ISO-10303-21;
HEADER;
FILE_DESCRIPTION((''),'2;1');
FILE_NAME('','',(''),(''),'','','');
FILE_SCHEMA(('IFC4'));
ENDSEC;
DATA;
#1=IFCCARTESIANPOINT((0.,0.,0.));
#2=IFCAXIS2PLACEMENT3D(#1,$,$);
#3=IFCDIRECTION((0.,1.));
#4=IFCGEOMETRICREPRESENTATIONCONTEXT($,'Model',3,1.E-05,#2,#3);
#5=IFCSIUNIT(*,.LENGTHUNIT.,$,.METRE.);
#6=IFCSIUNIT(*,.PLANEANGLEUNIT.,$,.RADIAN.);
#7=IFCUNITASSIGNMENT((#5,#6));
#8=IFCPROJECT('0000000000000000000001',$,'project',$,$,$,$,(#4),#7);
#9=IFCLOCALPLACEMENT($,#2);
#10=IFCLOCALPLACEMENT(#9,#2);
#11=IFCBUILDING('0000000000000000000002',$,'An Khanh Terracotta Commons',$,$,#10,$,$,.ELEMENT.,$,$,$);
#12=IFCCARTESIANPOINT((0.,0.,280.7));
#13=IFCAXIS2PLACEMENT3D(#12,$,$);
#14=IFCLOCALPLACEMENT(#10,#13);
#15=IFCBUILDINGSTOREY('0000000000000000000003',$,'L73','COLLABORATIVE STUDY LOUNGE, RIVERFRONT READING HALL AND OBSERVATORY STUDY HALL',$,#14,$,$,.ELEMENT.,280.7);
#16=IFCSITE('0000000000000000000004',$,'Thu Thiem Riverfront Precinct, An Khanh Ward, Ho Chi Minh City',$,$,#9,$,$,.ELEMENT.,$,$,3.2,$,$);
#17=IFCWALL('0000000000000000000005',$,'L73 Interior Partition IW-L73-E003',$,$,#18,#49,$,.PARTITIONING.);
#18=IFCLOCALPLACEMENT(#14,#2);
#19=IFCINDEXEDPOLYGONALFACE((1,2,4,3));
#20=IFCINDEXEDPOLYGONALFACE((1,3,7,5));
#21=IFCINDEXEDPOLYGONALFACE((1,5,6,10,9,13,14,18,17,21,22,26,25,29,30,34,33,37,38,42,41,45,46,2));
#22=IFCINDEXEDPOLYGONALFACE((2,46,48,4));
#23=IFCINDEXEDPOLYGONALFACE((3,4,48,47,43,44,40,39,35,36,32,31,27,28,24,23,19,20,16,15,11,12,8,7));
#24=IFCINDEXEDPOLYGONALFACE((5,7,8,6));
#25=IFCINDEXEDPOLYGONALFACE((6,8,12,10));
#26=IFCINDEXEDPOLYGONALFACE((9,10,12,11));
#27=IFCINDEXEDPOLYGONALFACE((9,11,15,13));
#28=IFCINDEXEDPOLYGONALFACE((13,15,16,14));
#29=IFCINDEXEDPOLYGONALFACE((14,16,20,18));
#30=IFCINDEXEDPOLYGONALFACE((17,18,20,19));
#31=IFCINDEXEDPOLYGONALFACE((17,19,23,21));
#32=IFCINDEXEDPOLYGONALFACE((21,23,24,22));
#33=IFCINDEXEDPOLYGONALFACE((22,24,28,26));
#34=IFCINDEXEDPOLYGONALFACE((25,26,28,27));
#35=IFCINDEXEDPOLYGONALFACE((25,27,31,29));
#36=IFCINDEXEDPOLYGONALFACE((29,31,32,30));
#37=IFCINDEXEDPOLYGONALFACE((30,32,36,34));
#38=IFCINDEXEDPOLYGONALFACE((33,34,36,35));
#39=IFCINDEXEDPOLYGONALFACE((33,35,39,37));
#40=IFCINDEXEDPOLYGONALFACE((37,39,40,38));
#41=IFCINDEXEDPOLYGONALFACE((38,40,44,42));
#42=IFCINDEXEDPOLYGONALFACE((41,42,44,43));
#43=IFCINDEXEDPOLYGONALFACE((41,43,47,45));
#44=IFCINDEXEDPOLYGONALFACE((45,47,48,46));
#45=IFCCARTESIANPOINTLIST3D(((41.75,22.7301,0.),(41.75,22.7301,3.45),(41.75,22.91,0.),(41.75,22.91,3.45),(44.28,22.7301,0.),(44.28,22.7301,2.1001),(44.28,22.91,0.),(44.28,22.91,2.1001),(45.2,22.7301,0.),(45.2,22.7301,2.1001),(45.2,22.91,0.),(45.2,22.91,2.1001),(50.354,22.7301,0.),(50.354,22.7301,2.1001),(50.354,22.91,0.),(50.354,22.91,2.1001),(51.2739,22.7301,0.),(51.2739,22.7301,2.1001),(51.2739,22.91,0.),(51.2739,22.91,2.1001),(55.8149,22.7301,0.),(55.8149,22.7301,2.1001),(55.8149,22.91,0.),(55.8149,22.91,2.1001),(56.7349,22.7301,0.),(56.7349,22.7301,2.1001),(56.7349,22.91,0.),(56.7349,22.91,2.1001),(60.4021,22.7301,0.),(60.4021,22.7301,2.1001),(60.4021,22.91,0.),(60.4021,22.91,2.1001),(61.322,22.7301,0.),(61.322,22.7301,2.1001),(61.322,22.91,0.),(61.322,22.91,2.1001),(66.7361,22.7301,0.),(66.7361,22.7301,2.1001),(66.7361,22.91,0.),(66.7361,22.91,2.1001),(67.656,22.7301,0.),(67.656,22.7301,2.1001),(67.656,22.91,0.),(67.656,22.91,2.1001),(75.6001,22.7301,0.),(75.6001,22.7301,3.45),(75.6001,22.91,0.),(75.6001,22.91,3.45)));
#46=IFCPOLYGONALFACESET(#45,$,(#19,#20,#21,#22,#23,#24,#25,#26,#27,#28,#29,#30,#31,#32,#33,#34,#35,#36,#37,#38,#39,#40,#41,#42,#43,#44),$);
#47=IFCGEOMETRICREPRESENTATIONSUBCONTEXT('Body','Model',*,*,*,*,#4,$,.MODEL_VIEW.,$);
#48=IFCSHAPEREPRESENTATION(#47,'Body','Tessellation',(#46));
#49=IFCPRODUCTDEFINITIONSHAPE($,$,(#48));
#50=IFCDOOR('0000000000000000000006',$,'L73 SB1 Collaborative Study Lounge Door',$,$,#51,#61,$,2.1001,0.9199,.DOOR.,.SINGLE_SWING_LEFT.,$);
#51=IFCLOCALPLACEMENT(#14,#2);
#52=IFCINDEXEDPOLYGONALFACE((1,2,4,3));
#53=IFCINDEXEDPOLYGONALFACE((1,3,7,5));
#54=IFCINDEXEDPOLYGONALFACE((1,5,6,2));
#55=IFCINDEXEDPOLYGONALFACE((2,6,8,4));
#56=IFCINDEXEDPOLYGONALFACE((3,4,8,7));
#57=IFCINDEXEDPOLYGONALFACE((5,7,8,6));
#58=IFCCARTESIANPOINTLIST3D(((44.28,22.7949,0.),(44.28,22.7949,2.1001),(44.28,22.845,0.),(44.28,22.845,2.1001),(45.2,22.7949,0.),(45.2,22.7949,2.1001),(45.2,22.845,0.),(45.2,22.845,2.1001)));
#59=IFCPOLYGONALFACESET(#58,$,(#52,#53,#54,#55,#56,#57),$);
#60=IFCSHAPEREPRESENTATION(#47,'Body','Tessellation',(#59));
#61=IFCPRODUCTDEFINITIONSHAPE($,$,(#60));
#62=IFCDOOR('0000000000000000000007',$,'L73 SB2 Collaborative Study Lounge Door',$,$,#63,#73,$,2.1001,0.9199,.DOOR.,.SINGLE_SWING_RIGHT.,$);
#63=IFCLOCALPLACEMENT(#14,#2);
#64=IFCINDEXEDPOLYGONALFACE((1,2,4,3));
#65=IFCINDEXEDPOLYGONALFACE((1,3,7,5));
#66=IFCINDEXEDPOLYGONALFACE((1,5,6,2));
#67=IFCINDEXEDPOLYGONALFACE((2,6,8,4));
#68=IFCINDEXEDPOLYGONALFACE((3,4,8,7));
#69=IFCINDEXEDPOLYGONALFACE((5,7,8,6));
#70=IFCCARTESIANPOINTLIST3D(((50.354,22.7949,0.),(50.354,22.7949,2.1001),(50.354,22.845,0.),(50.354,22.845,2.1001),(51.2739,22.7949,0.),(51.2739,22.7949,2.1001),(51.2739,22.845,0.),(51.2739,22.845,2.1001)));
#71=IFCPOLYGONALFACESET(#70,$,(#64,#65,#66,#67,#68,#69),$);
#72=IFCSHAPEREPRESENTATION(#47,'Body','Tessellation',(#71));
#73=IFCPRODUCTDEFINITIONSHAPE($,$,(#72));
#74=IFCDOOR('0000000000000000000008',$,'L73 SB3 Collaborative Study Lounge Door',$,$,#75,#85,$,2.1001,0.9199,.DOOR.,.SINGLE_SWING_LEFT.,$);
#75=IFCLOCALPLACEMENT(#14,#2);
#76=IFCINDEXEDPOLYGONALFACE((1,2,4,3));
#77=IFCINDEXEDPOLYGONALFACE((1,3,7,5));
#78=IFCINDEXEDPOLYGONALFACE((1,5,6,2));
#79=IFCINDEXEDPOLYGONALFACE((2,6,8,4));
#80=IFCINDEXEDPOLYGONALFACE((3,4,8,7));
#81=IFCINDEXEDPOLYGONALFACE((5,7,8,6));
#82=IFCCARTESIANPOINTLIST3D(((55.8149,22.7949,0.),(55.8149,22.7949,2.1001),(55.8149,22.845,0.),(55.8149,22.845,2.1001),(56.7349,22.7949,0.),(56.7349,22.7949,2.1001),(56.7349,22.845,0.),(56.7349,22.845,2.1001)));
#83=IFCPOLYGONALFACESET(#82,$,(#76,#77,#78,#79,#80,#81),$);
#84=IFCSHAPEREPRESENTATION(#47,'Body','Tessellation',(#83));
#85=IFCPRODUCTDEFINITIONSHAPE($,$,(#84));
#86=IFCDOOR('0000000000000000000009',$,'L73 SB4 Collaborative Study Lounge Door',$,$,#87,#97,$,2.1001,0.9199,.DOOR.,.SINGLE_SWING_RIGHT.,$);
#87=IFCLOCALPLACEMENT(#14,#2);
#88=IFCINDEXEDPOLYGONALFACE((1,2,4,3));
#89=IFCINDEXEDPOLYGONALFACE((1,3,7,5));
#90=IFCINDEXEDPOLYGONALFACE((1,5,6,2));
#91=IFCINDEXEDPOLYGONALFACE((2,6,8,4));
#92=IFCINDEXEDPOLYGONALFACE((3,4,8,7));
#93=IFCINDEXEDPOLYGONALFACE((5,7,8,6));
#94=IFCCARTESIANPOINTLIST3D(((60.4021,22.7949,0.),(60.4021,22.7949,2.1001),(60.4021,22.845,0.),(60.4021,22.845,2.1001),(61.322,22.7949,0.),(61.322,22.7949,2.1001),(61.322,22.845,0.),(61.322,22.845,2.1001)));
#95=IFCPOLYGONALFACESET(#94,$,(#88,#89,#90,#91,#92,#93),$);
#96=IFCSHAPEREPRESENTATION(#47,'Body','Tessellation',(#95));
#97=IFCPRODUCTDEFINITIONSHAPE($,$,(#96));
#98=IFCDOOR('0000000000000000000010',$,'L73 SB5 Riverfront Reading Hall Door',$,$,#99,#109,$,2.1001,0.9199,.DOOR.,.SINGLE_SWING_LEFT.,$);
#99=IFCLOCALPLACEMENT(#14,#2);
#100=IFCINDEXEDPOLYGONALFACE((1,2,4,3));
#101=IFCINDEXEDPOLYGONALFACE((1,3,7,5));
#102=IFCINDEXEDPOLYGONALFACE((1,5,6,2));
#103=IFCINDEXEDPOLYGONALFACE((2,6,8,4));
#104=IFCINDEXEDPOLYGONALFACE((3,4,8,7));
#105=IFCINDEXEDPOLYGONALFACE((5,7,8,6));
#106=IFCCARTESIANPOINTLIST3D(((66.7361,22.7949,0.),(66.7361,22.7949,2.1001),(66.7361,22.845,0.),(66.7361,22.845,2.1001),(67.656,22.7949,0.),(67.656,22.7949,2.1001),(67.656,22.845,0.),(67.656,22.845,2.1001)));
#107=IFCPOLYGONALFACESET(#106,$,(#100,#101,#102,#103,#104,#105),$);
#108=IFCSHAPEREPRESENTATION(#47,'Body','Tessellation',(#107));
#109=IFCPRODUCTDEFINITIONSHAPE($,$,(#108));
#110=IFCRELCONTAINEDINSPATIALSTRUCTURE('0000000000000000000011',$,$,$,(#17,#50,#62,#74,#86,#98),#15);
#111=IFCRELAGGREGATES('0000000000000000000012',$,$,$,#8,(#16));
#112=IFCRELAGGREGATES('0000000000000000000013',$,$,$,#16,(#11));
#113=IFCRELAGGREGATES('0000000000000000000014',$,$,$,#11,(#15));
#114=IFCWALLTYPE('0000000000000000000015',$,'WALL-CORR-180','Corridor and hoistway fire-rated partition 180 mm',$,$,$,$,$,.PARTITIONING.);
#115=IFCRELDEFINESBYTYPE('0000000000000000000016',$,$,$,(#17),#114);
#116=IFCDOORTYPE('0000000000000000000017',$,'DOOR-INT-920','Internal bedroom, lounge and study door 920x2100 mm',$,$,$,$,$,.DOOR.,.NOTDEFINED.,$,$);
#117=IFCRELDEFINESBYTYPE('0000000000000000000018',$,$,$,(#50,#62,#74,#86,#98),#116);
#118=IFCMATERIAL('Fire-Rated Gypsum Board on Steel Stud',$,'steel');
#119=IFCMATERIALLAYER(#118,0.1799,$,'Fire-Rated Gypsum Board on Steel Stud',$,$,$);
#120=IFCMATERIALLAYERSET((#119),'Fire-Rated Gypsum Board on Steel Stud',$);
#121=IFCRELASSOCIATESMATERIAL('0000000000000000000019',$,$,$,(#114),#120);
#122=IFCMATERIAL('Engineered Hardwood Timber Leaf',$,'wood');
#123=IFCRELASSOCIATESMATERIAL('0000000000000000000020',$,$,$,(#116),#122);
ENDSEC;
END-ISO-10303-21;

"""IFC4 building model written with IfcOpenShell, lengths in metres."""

from ifc_helpers import new_model, si_unit, direction, frame, frame_2d, origin, place, context, subcontext, project, spatial, rectangle, extrude, material, layer, layer_set, type_object, element, fill, save


model = new_model("IFC4")

# Units and contexts
model_context = context("Model", 3, precision=1e-05, world=origin(), true_north=direction((0.0, 1.0)))
body_context = subcontext(model_context, "Body", "Model", "MODEL_VIEW")
ifc_project = project(units=[si_unit("LENGTHUNIT", "METRE"), si_unit("PLANEANGLEUNIT", "RADIAN")], contexts=[model_context])

# Site, building, storey
site_placement = place(None, origin())
site = spatial("IfcSite", under=ifc_project, at=site_placement, Name="Thu Thiem Riverfront Precinct, An Khanh Ward, Ho Chi Minh City", CompositionType="ELEMENT", RefElevation=3.2)
building_placement = place(site_placement, origin())
building = spatial("IfcBuilding", under=site, at=building_placement, Name="An Khanh Terracotta Commons", CompositionType="ELEMENT")
storey_placement = place(building_placement, frame((0.0, 0.0, 280.7)))
storey = spatial("IfcBuildingStorey", under=building, at=storey_placement, Name="L73", Description="COLLABORATIVE STUDY LOUNGE, RIVERFRONT READING HALL AND OBSERVATORY STUDY HALL", CompositionType="ELEMENT", Elevation=280.7)

# Shared definitions
ifc_material_1 = material(Name="Fire-Rated Gypsum Board on Steel Stud", Category="steel")
ifc_layer_1 = layer(ifc_material_1, 0.1799, Name="Fire-Rated Gypsum Board on Steel Stud")
ifc_layer_set_1 = layer_set([ifc_layer_1], Name="Fire-Rated Gypsum Board on Steel Stud")
wall_type_1 = type_object("IfcWallType", Name="WALL-CORR-180", Description="Corridor and hoistway fire-rated partition 180 mm", PredefinedType="PARTITIONING", material=ifc_layer_set_1)

# Wall, openings, doors
wall_1_placement = place(storey_placement, frame((41.75, 22.8201, 0.0), z_axis=(0.0, 0.0, 1.0), x_axis=(1.0, 0.0, 0.0)))
wall_1 = element("IfcWall", 1, at=wall_1_placement, inside=storey, type_object=wall_type_1, Name="L73 Interior Partition IW-L73-E003", PredefinedType="PARTITIONING", context=body_context, shape_type="SweptSolid", body=[
    extrude(rectangle(XDim=33.8501, YDim=0.1799, at=frame_2d((16.925, 0.0))), origin(), (0.0, 0.0, 1.0), 3.45),
])
opening_1_placement = place(wall_1_placement, frame((2.53, 0.0, 0.0)))
opening_1 = element("IfcOpeningElement", 2, at=opening_1_placement, cuts=wall_1, PredefinedType="OPENING", context=body_context, shape_type="SweptSolid", body=[
    extrude(rectangle(XDim=0.9199, YDim=2.1001, at=frame_2d((0.46, 1.05))), frame((0.0, 0.0999, 0.0), z_axis=(0.0, -1.0, 0.0), x_axis=(1.0, 0.0, 0.0)), (0.0, 0.0, 1.0), 0.2),
])
opening_2_placement = place(wall_1_placement, frame((8.604, 0.0, 0.0)))
opening_2 = element("IfcOpeningElement", 3, at=opening_2_placement, cuts=wall_1, PredefinedType="OPENING", context=body_context, shape_type="SweptSolid", body=[
    extrude(rectangle(XDim=0.9199, YDim=2.1001, at=frame_2d((0.46, 1.05))), frame((0.0, 0.0999, 0.0), z_axis=(0.0, -1.0, 0.0), x_axis=(1.0, 0.0, 0.0)), (0.0, 0.0, 1.0), 0.2),
])
opening_3_placement = place(wall_1_placement, frame((14.0649, 0.0, 0.0)))
opening_3 = element("IfcOpeningElement", 4, at=opening_3_placement, cuts=wall_1, PredefinedType="OPENING", context=body_context, shape_type="SweptSolid", body=[
    extrude(rectangle(XDim=0.9199, YDim=2.1001, at=frame_2d((0.46, 1.05))), frame((0.0, 0.0999, 0.0), z_axis=(0.0, -1.0, 0.0), x_axis=(1.0, 0.0, 0.0)), (0.0, 0.0, 1.0), 0.2),
])
opening_4_placement = place(wall_1_placement, frame((18.6521, 0.0, 0.0)))
opening_4 = element("IfcOpeningElement", 5, at=opening_4_placement, cuts=wall_1, PredefinedType="OPENING", context=body_context, shape_type="SweptSolid", body=[
    extrude(rectangle(XDim=0.9199, YDim=2.1001, at=frame_2d((0.46, 1.05))), frame((0.0, 0.0999, 0.0), z_axis=(0.0, -1.0, 0.0), x_axis=(1.0, 0.0, 0.0)), (0.0, 0.0, 1.0), 0.2),
])
opening_5_placement = place(wall_1_placement, frame((24.9861, 0.0, 0.0)))
opening_5 = element("IfcOpeningElement", 6, at=opening_5_placement, cuts=wall_1, PredefinedType="OPENING", context=body_context, shape_type="SweptSolid", body=[
    extrude(rectangle(XDim=0.9199, YDim=2.1001, at=frame_2d((0.46, 1.05))), frame((0.0, 0.0999, 0.0), z_axis=(0.0, -1.0, 0.0), x_axis=(1.0, 0.0, 0.0)), (0.0, 0.0, 1.0), 0.2),
])
ifc_material_2 = material(Name="Engineered Hardwood Timber Leaf", Category="wood")
door_type_1 = type_object("IfcDoorType", Name="DOOR-INT-920", Description="Internal bedroom, lounge and study door 920x2100 mm", OperationType="NOTDEFINED", PredefinedType="DOOR", material=ifc_material_2)
door_1_placement = place(opening_1_placement, origin())
door_1 = element("IfcDoor", 7, at=door_1_placement, inside=storey, type_object=door_type_1, Name="L73 SB1 Collaborative Study Lounge Door", OperationType="SINGLE_SWING_LEFT", OverallHeight=2.1001, OverallWidth=0.9199, PredefinedType="DOOR", context=body_context, shape_type="SweptSolid", body=[
    extrude(rectangle(XDim=0.9199, YDim=2.1001, at=frame_2d((0.46, 1.05))), frame((0.0, 0.0249, 0.0), z_axis=(0.0, -1.0, 0.0), x_axis=(1.0, 0.0, 0.0)), (0.0, 0.0, 1.0), 0.05),
])
fill(opening_1, door_1)
door_2_placement = place(opening_2_placement, origin())
door_2 = element("IfcDoor", 8, at=door_2_placement, inside=storey, type_object=door_type_1, Name="L73 SB2 Collaborative Study Lounge Door", OperationType="SINGLE_SWING_RIGHT", OverallHeight=2.1001, OverallWidth=0.9199, PredefinedType="DOOR", context=body_context, shape_type="SweptSolid", body=[
    extrude(rectangle(XDim=0.9199, YDim=2.1001, at=frame_2d((0.46, 1.05))), frame((0.0, 0.0249, 0.0), z_axis=(0.0, -1.0, 0.0), x_axis=(1.0, 0.0, 0.0)), (0.0, 0.0, 1.0), 0.05),
])
fill(opening_2, door_2)
door_3_placement = place(opening_3_placement, origin())
door_3 = element("IfcDoor", 9, at=door_3_placement, inside=storey, type_object=door_type_1, Name="L73 SB3 Collaborative Study Lounge Door", OperationType="SINGLE_SWING_LEFT", OverallHeight=2.1001, OverallWidth=0.9199, PredefinedType="DOOR", context=body_context, shape_type="SweptSolid", body=[
    extrude(rectangle(XDim=0.9199, YDim=2.1001, at=frame_2d((0.46, 1.05))), frame((0.0, 0.0249, 0.0), z_axis=(0.0, -1.0, 0.0), x_axis=(1.0, 0.0, 0.0)), (0.0, 0.0, 1.0), 0.05),
])
fill(opening_3, door_3)
door_4_placement = place(opening_4_placement, origin())
door_4 = element("IfcDoor", 10, at=door_4_placement, inside=storey, type_object=door_type_1, Name="L73 SB4 Collaborative Study Lounge Door", OperationType="SINGLE_SWING_RIGHT", OverallHeight=2.1001, OverallWidth=0.9199, PredefinedType="DOOR", context=body_context, shape_type="SweptSolid", body=[
    extrude(rectangle(XDim=0.9199, YDim=2.1001, at=frame_2d((0.46, 1.05))), frame((0.0, 0.0249, 0.0), z_axis=(0.0, -1.0, 0.0), x_axis=(1.0, 0.0, 0.0)), (0.0, 0.0, 1.0), 0.05),
])
fill(opening_4, door_4)
door_5_placement = place(opening_5_placement, origin())
door_5 = element("IfcDoor", 11, at=door_5_placement, inside=storey, type_object=door_type_1, Name="L73 SB5 Riverfront Reading Hall Door", OperationType="SINGLE_SWING_LEFT", OverallHeight=2.1001, OverallWidth=0.9199, PredefinedType="DOOR", context=body_context, shape_type="SweptSolid", body=[
    extrude(rectangle(XDim=0.9199, YDim=2.1001, at=frame_2d((0.46, 1.05))), frame((0.0, 0.0249, 0.0), z_axis=(0.0, -1.0, 0.0), x_axis=(1.0, 0.0, 0.0)), (0.0, 0.0, 1.0), 0.05),
])
fill(opening_5, door_5)

save(model, "model.ifc")
